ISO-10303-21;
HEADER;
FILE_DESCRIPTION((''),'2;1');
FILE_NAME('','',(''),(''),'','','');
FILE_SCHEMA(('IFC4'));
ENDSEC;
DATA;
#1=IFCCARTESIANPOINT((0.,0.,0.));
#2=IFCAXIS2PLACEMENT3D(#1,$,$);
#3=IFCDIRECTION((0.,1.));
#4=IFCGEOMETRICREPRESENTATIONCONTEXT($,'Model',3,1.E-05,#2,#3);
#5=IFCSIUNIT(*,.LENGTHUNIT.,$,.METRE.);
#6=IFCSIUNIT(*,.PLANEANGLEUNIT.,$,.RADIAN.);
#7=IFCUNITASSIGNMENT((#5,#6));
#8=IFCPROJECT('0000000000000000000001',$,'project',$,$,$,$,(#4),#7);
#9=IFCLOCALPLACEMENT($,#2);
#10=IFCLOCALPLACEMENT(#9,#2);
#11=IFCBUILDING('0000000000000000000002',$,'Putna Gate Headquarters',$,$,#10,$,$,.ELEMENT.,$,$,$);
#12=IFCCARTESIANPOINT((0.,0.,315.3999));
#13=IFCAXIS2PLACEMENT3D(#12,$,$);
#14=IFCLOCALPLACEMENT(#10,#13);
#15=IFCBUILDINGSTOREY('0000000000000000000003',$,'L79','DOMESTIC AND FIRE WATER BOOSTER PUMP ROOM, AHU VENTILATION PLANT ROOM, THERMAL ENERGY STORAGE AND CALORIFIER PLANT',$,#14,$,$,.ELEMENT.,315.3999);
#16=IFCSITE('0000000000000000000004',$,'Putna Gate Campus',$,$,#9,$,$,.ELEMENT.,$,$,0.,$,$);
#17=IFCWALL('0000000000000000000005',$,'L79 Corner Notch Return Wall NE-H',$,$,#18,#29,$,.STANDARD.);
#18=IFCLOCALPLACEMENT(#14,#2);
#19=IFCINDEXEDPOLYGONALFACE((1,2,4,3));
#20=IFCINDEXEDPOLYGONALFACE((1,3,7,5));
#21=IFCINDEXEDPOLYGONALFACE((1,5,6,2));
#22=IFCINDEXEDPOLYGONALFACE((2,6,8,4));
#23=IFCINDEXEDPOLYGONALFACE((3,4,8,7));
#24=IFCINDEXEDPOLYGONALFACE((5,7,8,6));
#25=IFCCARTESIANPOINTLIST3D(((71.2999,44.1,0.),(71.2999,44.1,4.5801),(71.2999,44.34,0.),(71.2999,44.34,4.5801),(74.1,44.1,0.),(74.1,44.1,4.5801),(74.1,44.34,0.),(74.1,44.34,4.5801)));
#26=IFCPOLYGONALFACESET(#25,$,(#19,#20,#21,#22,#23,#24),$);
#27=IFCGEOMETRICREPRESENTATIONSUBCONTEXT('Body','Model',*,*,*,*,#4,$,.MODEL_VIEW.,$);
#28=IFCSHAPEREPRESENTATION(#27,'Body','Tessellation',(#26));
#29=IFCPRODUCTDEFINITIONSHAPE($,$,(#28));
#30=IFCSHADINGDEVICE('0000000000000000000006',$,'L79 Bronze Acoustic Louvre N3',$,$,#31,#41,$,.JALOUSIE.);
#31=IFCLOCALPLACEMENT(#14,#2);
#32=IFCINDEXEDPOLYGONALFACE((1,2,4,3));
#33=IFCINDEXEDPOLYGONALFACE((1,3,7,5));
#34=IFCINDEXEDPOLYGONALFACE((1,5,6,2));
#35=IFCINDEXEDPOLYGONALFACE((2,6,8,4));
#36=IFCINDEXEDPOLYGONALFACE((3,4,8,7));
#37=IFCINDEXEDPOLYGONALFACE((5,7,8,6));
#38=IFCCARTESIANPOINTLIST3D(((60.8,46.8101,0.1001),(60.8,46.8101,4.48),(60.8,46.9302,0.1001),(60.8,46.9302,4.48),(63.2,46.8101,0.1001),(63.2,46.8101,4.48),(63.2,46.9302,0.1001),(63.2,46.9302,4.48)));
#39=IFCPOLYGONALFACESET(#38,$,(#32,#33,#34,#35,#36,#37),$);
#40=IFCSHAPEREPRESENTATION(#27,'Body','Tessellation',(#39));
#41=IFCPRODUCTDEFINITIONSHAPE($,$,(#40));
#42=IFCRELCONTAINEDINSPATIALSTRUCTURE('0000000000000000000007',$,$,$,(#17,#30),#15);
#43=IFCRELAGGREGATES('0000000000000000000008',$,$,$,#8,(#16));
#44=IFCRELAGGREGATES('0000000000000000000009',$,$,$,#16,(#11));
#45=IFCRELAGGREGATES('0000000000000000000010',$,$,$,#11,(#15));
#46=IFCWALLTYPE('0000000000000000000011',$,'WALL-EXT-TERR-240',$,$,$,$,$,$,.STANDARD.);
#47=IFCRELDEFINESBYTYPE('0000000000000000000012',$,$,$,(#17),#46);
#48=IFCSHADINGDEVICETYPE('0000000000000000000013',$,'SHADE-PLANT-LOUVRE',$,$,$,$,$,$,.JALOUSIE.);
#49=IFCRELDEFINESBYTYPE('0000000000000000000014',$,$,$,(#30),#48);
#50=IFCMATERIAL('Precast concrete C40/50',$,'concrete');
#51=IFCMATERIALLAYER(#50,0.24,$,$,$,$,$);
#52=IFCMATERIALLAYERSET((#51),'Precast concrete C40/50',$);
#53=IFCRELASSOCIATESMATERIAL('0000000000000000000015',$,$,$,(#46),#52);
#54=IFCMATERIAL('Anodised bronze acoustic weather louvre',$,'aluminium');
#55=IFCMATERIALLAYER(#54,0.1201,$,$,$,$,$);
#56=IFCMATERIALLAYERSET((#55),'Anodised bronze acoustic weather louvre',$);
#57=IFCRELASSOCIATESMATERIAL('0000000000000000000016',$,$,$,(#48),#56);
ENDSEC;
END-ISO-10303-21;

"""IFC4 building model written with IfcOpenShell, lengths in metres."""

from ifc_helpers import new_model, si_unit, direction, frame, frame_2d, origin, origin_2d, place, context, subcontext, project, spatial, rectangle, extrude, material, layer, layer_set, type_object, element, save


model = new_model("IFC4")

# Units and contexts
model_context = context("Model", 3, precision=1e-05, world=origin(), true_north=direction((0.0, 1.0)))
body_context = subcontext(model_context, "Body", "Model", "MODEL_VIEW")
ifc_project = project(units=[si_unit("LENGTHUNIT", "METRE"), si_unit("PLANEANGLEUNIT", "RADIAN")], contexts=[model_context])

# Site, building, storey
site_placement = place(None, origin())
site = spatial("IfcSite", under=ifc_project, at=site_placement, Name="Putna Gate Campus", CompositionType="ELEMENT", RefElevation=0.0)
building_placement = place(site_placement, origin())
building = spatial("IfcBuilding", under=site, at=building_placement, Name="Putna Gate Headquarters", CompositionType="ELEMENT")
storey_placement = place(building_placement, frame((0.0, 0.0, 315.3999)))
storey = spatial("IfcBuildingStorey", under=building, at=storey_placement, Name="L79", Description="DOMESTIC AND FIRE WATER BOOSTER PUMP ROOM, AHU VENTILATION PLANT ROOM, THERMAL ENERGY STORAGE AND CALORIFIER PLANT", CompositionType="ELEMENT", Elevation=315.3999)

# Wall
ifc_material_1 = material(Name="Precast concrete C40/50", Category="concrete")
ifc_layer_1 = layer(ifc_material_1, 0.24)
ifc_layer_set_1 = layer_set([ifc_layer_1], Name="Precast concrete C40/50")
wall_type = type_object("IfcWallType", Name="WALL-EXT-TERR-240", PredefinedType="STANDARD", material=ifc_layer_set_1)
wall_1_placement = place(storey_placement, frame((71.3, 44.22, 0.0), z_axis=(0.0, 0.0, 1.0), x_axis=(1.0, 0.0, 0.0)))
element("IfcWall", 1, at=wall_1_placement, inside=storey, type_object=wall_type, Name="L79 Corner Notch Return Wall NE-H", PredefinedType="STANDARD", context=body_context, shape_type="SweptSolid", body=[
    extrude(rectangle(XDim=2.8, YDim=0.24, at=frame_2d((1.3999, 0.0))), origin(), (0.0, 0.0, 1.0), 4.5801),
])

# Shading device
ifc_material_2 = material(Name="Anodised bronze acoustic weather louvre", Category="aluminium")
ifc_layer_2 = layer(ifc_material_2, 0.1201)
ifc_layer_set_2 = layer_set([ifc_layer_2], Name="Anodised bronze acoustic weather louvre")
shading_device_type = type_object("IfcShadingDeviceType", Name="SHADE-PLANT-LOUVRE", PredefinedType="JALOUSIE", material=ifc_layer_set_2)
shading_device_placement = place(storey_placement, frame((62.0, 46.8701, 0.1001), z_axis=(0.0, 0.0, 1.0), x_axis=(1.0, 0.0, 0.0)))
element("IfcShadingDevice", 2, at=shading_device_placement, inside=storey, type_object=shading_device_type, Name="L79 Bronze Acoustic Louvre N3", PredefinedType="JALOUSIE", context=body_context, shape_type="SweptSolid", body=[
    extrude(rectangle(XDim=2.3999, YDim=0.1201, at=origin_2d()), origin(), (0.0, 0.0, 1.0), 4.3799),
])

save(model, "model.ifc")
